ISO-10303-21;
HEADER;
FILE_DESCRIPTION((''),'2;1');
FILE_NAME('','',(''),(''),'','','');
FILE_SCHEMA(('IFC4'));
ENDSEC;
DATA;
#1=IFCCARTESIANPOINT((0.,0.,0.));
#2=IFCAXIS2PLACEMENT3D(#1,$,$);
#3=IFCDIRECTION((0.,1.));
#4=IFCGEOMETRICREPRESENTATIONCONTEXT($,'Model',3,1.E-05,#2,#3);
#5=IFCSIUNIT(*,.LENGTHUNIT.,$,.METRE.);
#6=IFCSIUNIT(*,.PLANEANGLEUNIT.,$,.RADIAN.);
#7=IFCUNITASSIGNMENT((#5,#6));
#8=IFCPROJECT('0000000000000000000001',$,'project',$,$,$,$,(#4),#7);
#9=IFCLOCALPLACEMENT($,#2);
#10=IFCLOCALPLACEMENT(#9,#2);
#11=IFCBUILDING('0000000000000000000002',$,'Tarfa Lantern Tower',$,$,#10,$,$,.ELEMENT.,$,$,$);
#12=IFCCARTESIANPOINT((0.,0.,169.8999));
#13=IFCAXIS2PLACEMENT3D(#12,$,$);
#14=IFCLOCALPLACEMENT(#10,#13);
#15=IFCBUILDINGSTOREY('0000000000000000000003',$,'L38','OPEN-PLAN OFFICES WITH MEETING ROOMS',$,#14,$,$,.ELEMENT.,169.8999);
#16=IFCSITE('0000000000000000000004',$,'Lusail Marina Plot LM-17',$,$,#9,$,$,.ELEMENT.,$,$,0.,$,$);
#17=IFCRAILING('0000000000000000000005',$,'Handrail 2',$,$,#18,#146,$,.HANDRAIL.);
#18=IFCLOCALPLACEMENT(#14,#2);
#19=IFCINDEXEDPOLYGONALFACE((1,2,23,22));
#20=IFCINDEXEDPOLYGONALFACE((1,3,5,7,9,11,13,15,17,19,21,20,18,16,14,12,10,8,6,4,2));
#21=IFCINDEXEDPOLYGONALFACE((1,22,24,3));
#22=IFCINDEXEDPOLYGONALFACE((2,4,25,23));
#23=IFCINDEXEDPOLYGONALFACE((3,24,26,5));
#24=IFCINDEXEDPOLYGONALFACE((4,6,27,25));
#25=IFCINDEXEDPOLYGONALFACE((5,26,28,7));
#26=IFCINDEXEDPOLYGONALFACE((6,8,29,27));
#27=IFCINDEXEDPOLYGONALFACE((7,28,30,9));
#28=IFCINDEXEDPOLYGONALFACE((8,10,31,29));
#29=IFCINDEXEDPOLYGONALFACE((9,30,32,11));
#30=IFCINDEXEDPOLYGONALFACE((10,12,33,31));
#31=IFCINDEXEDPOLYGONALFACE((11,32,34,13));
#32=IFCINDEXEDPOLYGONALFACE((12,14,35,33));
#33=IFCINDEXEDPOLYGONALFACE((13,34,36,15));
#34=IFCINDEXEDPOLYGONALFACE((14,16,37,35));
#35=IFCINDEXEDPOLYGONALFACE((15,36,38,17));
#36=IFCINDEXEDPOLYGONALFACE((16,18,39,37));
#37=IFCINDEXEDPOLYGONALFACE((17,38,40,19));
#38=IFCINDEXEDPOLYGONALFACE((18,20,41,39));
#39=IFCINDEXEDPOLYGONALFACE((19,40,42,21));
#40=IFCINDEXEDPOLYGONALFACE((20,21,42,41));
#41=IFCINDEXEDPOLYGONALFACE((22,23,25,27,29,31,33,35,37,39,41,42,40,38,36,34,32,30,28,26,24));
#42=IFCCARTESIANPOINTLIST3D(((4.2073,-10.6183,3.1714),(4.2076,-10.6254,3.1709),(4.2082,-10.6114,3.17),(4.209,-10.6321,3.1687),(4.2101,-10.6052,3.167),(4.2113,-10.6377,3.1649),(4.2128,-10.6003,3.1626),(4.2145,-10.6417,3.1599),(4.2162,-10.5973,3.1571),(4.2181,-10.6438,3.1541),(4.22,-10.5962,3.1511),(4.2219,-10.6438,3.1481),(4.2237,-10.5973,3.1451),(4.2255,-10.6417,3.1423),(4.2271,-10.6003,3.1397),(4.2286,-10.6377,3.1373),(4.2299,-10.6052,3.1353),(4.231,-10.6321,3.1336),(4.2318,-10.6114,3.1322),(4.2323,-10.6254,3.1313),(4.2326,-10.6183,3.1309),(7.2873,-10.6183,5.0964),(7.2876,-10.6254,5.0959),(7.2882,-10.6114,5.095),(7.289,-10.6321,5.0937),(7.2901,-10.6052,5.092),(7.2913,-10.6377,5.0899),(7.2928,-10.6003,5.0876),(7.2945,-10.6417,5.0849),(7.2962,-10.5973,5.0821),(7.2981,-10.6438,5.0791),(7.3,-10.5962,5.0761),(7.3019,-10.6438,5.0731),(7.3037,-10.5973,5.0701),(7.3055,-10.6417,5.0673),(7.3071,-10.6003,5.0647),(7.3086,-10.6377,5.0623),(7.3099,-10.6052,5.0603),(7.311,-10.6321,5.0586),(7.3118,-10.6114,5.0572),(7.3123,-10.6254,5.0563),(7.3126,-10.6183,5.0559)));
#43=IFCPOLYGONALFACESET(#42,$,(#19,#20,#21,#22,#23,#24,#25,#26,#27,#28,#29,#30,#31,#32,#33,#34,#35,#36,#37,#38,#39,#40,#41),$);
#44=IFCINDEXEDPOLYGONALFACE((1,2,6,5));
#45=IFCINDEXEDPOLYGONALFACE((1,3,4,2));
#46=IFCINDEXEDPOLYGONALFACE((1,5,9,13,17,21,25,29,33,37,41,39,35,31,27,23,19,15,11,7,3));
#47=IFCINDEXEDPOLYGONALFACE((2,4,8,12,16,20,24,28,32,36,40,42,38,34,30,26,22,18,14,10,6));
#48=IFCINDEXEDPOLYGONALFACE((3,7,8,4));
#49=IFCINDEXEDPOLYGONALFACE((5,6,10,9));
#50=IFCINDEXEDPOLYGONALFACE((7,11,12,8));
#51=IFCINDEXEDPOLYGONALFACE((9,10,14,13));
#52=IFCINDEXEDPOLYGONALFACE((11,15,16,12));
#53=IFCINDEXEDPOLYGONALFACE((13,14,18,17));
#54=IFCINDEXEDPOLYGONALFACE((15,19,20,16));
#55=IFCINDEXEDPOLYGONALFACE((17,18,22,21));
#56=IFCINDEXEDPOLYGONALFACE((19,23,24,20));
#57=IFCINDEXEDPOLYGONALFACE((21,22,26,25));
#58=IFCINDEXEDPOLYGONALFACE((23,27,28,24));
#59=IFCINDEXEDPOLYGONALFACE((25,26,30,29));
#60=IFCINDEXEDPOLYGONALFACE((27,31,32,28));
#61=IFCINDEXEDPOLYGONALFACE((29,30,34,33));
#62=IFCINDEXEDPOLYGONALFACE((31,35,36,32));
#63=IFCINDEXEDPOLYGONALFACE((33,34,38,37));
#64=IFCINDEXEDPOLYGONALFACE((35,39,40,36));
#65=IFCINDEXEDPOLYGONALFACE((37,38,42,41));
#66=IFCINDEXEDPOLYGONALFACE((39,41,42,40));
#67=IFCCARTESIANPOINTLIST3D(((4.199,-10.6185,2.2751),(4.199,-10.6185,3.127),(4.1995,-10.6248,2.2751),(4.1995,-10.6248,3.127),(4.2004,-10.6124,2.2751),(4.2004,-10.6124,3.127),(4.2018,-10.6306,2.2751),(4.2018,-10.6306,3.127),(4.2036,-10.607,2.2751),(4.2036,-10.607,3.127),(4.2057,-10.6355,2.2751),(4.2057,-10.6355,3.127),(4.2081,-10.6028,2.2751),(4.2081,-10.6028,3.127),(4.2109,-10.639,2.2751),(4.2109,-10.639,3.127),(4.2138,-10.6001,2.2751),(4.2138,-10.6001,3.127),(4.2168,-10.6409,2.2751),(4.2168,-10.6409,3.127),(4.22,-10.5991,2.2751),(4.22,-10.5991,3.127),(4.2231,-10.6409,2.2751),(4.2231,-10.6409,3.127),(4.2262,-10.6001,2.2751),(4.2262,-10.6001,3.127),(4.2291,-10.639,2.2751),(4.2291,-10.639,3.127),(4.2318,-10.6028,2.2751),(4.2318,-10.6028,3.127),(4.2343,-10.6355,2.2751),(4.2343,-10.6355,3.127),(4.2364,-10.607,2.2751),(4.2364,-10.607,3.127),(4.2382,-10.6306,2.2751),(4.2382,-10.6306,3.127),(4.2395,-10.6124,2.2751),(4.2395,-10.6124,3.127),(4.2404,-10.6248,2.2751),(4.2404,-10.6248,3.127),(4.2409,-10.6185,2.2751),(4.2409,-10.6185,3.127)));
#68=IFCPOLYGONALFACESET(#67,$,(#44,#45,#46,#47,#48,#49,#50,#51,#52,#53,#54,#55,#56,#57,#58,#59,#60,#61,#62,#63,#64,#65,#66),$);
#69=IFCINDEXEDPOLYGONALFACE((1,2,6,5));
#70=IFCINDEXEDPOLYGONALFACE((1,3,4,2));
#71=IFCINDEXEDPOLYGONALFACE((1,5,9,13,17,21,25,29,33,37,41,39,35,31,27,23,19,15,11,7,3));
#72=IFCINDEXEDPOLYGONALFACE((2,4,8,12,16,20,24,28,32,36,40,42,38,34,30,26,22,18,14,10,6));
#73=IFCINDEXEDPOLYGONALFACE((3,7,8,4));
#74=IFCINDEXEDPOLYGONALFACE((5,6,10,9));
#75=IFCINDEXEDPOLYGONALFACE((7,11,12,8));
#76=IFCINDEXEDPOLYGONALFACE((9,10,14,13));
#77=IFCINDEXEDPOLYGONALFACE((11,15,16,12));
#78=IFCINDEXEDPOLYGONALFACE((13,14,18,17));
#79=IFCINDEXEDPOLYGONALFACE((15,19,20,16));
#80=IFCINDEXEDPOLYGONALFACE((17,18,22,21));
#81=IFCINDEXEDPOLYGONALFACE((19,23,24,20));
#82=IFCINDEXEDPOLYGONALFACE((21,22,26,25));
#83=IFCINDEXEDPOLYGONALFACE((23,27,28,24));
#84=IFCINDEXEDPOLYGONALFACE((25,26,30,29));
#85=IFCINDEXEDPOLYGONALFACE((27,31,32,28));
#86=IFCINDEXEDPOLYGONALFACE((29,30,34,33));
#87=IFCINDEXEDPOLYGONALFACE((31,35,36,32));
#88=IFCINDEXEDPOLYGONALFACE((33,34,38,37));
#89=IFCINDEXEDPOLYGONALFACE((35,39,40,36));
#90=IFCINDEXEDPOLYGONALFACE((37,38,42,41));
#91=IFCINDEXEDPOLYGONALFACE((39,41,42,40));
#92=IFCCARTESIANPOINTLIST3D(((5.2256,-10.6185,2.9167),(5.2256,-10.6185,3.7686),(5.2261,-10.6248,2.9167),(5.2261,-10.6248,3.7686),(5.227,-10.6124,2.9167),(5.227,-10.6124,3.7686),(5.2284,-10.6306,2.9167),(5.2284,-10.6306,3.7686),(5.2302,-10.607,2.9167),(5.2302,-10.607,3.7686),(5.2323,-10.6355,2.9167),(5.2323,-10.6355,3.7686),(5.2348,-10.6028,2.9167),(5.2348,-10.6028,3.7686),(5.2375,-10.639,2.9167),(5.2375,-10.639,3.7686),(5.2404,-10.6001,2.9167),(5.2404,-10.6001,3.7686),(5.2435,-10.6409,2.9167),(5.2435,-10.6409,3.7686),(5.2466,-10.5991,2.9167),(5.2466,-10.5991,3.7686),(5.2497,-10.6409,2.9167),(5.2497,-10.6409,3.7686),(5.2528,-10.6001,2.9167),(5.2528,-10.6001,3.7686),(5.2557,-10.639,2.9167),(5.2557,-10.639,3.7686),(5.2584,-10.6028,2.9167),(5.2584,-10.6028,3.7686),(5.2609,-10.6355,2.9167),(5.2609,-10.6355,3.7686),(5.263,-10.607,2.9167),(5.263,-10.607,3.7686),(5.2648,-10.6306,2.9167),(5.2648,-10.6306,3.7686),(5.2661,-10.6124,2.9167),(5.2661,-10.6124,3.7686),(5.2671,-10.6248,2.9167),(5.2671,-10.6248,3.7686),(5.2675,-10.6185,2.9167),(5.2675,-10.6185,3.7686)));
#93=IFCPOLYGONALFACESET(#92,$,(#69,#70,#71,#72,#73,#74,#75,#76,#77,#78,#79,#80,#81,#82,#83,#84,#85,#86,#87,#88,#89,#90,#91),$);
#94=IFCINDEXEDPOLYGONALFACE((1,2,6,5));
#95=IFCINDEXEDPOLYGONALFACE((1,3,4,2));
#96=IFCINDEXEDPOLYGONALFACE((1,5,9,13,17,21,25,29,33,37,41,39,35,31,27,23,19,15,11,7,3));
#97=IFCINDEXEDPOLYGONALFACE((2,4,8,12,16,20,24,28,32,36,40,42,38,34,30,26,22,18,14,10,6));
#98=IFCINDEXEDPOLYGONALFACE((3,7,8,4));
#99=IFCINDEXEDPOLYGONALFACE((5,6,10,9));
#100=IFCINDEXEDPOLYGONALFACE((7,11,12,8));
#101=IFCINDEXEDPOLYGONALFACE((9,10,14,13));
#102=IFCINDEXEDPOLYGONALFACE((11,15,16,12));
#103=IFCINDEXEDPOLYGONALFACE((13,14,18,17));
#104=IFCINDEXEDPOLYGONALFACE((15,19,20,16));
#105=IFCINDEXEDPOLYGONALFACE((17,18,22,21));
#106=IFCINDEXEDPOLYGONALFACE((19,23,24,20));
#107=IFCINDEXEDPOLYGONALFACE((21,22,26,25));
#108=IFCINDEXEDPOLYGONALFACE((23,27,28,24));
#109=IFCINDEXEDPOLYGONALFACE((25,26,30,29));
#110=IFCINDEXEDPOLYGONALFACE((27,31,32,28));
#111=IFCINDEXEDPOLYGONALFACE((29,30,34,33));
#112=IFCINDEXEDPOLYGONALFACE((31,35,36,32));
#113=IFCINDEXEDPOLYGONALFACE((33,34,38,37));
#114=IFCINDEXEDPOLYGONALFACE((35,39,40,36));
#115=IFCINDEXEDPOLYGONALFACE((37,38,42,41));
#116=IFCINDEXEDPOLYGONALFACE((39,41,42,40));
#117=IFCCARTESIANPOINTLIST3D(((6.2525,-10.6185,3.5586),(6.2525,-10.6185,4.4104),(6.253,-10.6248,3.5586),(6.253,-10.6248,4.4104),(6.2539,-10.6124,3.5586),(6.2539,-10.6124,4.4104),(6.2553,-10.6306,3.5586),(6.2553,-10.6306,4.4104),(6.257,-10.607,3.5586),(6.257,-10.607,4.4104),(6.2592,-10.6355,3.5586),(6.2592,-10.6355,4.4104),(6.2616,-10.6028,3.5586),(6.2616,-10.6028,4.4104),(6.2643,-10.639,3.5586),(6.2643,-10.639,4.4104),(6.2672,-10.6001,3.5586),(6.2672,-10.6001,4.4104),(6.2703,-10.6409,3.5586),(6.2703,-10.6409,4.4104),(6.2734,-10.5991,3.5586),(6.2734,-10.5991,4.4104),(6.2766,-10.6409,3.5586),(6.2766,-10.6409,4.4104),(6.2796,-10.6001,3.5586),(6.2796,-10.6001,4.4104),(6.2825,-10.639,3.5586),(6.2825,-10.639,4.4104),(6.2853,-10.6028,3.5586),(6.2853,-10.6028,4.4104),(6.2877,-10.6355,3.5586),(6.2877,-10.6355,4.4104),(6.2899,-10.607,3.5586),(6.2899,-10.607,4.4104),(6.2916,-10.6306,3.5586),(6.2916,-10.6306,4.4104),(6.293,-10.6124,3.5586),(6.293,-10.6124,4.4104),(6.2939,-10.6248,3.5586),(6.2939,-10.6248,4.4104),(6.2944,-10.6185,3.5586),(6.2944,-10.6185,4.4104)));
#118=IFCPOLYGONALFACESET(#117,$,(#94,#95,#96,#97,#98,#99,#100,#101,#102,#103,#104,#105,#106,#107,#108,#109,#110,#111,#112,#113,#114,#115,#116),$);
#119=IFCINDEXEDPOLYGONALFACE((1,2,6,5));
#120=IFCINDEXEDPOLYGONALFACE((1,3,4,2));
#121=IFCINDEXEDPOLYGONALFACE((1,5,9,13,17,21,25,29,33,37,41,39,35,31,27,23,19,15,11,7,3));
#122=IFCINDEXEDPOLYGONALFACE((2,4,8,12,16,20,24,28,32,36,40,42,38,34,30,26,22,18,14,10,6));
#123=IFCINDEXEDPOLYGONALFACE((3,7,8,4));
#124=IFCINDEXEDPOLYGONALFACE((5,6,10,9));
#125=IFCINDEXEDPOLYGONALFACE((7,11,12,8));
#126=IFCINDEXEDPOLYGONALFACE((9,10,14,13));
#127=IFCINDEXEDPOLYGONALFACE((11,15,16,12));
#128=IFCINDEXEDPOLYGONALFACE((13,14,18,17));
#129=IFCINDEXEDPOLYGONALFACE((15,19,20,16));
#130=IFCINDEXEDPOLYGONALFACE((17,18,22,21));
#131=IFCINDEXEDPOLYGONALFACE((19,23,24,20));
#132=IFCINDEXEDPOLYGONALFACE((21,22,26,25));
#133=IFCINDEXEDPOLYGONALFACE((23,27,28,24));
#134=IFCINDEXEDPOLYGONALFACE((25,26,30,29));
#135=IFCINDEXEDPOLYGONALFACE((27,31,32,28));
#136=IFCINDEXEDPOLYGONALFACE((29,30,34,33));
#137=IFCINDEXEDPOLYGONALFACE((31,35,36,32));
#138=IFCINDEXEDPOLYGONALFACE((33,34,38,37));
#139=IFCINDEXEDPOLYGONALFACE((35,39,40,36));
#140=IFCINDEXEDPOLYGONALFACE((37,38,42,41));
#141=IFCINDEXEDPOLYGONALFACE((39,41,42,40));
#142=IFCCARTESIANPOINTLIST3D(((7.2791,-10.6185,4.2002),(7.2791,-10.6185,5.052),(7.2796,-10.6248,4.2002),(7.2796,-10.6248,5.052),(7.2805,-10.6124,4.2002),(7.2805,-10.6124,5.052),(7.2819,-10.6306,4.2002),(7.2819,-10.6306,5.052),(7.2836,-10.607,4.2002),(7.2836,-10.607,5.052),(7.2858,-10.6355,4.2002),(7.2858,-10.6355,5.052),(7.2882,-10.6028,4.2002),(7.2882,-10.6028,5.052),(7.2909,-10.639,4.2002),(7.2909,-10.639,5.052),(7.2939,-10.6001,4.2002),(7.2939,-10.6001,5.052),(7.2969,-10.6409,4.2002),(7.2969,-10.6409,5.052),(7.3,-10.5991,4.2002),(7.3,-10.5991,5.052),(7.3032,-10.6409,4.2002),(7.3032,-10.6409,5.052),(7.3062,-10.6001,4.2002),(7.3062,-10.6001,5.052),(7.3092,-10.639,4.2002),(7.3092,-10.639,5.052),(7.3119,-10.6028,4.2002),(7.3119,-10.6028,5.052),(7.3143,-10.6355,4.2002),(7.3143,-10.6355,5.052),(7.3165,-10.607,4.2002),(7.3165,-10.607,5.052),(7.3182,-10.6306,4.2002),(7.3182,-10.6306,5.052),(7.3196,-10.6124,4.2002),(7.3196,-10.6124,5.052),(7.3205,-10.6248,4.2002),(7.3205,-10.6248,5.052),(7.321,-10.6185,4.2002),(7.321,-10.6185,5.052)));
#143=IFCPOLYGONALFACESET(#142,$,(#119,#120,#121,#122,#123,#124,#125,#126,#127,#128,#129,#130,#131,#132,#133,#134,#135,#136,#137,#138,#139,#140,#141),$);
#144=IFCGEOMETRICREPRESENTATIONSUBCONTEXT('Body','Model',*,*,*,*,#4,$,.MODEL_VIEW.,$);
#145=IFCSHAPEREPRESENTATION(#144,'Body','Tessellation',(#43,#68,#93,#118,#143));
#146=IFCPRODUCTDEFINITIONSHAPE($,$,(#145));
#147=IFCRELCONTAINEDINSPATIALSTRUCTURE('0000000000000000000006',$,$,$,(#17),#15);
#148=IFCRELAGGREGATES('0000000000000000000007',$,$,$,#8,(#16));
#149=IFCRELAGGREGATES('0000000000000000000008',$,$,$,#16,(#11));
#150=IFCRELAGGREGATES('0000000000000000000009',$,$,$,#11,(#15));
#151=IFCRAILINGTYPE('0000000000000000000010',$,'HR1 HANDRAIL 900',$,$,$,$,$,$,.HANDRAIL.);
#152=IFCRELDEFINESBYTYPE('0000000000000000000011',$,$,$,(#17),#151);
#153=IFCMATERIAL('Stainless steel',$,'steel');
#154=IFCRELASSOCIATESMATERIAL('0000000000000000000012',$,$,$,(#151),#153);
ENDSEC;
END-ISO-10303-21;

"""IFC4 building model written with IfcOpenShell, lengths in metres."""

from ifc_helpers import new_model, si_unit, direction, frame, origin, origin_2d, place, context, subcontext, project, spatial, circle, extrude, material, type_object, element, save


model = new_model("IFC4")

# Units and contexts
model_context = context("Model", 3, precision=1e-05, world=origin(), true_north=direction((0.0, 1.0)))
body_context = subcontext(model_context, "Body", "Model", "MODEL_VIEW")
ifc_project = project(units=[si_unit("LENGTHUNIT", "METRE"), si_unit("PLANEANGLEUNIT", "RADIAN")], contexts=[model_context])

# Site, building, storey
site_placement = place(None, origin())
site = spatial("IfcSite", under=ifc_project, at=site_placement, Name="Lusail Marina Plot LM-17", CompositionType="ELEMENT", RefElevation=0.0)
building_placement = place(site_placement, origin())
building = spatial("IfcBuilding", under=site, at=building_placement, Name="Tarfa Lantern Tower", CompositionType="ELEMENT")
storey_placement = place(building_placement, frame((0.0, 0.0, 169.8999)))
storey = spatial("IfcBuildingStorey", under=building, at=storey_placement, Name="L38", Description="OPEN-PLAN OFFICES WITH MEETING ROOMS", CompositionType="ELEMENT", Elevation=169.8999)

# Railing
ifc_material_1 = material(Name="Stainless steel", Category="steel")
railing_type = type_object("IfcRailingType", Name="HR1 HANDRAIL 900", PredefinedType="HANDRAIL", material=ifc_material_1)
railing_1_placement = place(storey_placement, frame((4.22, -10.6201, 2.2751)))
element("IfcRailing", 1, at=railing_1_placement, inside=storey, type_object=railing_type, Name="Handrail 2", PredefinedType="HANDRAIL", context=body_context, shape_type="SweptSolid", body=[
    extrude(circle(Radius=0.0239, at=origin_2d()), frame((0.0, 0.0, 0.876), z_axis=(0.847998, 0.0, 0.529999), x_axis=(0.0, 1.0, 0.0)), (0.0, 0.0, 1.0), 3.6321),
    extrude(circle(Radius=0.021, at=origin_2d()), frame((0.0, 0.0, 0.0), z_axis=(0.0, 0.0, 1.0), x_axis=(0.0, 1.0, 0.0)), (0.0, 0.0, 1.0), 0.8518),
    extrude(circle(Radius=0.021, at=origin_2d()), frame((1.0266, 0.0, 0.6416), z_axis=(0.0, 0.0, 1.0), x_axis=(0.0, 1.0, 0.0)), (0.0, 0.0, 1.0), 0.8518),
    extrude(circle(Radius=0.021, at=origin_2d()), frame((2.0535, 0.0, 1.2834), z_axis=(0.0, 0.0, 1.0), x_axis=(0.0, 1.0, 0.0)), (0.0, 0.0, 1.0), 0.8518),
    extrude(circle(Radius=0.021, at=origin_2d()), frame((3.0801, 0.0, 1.925), z_axis=(0.0, 0.0, 1.0), x_axis=(0.0, 1.0, 0.0)), (0.0, 0.0, 1.0), 0.8518),
])

save(model, "model.ifc")
